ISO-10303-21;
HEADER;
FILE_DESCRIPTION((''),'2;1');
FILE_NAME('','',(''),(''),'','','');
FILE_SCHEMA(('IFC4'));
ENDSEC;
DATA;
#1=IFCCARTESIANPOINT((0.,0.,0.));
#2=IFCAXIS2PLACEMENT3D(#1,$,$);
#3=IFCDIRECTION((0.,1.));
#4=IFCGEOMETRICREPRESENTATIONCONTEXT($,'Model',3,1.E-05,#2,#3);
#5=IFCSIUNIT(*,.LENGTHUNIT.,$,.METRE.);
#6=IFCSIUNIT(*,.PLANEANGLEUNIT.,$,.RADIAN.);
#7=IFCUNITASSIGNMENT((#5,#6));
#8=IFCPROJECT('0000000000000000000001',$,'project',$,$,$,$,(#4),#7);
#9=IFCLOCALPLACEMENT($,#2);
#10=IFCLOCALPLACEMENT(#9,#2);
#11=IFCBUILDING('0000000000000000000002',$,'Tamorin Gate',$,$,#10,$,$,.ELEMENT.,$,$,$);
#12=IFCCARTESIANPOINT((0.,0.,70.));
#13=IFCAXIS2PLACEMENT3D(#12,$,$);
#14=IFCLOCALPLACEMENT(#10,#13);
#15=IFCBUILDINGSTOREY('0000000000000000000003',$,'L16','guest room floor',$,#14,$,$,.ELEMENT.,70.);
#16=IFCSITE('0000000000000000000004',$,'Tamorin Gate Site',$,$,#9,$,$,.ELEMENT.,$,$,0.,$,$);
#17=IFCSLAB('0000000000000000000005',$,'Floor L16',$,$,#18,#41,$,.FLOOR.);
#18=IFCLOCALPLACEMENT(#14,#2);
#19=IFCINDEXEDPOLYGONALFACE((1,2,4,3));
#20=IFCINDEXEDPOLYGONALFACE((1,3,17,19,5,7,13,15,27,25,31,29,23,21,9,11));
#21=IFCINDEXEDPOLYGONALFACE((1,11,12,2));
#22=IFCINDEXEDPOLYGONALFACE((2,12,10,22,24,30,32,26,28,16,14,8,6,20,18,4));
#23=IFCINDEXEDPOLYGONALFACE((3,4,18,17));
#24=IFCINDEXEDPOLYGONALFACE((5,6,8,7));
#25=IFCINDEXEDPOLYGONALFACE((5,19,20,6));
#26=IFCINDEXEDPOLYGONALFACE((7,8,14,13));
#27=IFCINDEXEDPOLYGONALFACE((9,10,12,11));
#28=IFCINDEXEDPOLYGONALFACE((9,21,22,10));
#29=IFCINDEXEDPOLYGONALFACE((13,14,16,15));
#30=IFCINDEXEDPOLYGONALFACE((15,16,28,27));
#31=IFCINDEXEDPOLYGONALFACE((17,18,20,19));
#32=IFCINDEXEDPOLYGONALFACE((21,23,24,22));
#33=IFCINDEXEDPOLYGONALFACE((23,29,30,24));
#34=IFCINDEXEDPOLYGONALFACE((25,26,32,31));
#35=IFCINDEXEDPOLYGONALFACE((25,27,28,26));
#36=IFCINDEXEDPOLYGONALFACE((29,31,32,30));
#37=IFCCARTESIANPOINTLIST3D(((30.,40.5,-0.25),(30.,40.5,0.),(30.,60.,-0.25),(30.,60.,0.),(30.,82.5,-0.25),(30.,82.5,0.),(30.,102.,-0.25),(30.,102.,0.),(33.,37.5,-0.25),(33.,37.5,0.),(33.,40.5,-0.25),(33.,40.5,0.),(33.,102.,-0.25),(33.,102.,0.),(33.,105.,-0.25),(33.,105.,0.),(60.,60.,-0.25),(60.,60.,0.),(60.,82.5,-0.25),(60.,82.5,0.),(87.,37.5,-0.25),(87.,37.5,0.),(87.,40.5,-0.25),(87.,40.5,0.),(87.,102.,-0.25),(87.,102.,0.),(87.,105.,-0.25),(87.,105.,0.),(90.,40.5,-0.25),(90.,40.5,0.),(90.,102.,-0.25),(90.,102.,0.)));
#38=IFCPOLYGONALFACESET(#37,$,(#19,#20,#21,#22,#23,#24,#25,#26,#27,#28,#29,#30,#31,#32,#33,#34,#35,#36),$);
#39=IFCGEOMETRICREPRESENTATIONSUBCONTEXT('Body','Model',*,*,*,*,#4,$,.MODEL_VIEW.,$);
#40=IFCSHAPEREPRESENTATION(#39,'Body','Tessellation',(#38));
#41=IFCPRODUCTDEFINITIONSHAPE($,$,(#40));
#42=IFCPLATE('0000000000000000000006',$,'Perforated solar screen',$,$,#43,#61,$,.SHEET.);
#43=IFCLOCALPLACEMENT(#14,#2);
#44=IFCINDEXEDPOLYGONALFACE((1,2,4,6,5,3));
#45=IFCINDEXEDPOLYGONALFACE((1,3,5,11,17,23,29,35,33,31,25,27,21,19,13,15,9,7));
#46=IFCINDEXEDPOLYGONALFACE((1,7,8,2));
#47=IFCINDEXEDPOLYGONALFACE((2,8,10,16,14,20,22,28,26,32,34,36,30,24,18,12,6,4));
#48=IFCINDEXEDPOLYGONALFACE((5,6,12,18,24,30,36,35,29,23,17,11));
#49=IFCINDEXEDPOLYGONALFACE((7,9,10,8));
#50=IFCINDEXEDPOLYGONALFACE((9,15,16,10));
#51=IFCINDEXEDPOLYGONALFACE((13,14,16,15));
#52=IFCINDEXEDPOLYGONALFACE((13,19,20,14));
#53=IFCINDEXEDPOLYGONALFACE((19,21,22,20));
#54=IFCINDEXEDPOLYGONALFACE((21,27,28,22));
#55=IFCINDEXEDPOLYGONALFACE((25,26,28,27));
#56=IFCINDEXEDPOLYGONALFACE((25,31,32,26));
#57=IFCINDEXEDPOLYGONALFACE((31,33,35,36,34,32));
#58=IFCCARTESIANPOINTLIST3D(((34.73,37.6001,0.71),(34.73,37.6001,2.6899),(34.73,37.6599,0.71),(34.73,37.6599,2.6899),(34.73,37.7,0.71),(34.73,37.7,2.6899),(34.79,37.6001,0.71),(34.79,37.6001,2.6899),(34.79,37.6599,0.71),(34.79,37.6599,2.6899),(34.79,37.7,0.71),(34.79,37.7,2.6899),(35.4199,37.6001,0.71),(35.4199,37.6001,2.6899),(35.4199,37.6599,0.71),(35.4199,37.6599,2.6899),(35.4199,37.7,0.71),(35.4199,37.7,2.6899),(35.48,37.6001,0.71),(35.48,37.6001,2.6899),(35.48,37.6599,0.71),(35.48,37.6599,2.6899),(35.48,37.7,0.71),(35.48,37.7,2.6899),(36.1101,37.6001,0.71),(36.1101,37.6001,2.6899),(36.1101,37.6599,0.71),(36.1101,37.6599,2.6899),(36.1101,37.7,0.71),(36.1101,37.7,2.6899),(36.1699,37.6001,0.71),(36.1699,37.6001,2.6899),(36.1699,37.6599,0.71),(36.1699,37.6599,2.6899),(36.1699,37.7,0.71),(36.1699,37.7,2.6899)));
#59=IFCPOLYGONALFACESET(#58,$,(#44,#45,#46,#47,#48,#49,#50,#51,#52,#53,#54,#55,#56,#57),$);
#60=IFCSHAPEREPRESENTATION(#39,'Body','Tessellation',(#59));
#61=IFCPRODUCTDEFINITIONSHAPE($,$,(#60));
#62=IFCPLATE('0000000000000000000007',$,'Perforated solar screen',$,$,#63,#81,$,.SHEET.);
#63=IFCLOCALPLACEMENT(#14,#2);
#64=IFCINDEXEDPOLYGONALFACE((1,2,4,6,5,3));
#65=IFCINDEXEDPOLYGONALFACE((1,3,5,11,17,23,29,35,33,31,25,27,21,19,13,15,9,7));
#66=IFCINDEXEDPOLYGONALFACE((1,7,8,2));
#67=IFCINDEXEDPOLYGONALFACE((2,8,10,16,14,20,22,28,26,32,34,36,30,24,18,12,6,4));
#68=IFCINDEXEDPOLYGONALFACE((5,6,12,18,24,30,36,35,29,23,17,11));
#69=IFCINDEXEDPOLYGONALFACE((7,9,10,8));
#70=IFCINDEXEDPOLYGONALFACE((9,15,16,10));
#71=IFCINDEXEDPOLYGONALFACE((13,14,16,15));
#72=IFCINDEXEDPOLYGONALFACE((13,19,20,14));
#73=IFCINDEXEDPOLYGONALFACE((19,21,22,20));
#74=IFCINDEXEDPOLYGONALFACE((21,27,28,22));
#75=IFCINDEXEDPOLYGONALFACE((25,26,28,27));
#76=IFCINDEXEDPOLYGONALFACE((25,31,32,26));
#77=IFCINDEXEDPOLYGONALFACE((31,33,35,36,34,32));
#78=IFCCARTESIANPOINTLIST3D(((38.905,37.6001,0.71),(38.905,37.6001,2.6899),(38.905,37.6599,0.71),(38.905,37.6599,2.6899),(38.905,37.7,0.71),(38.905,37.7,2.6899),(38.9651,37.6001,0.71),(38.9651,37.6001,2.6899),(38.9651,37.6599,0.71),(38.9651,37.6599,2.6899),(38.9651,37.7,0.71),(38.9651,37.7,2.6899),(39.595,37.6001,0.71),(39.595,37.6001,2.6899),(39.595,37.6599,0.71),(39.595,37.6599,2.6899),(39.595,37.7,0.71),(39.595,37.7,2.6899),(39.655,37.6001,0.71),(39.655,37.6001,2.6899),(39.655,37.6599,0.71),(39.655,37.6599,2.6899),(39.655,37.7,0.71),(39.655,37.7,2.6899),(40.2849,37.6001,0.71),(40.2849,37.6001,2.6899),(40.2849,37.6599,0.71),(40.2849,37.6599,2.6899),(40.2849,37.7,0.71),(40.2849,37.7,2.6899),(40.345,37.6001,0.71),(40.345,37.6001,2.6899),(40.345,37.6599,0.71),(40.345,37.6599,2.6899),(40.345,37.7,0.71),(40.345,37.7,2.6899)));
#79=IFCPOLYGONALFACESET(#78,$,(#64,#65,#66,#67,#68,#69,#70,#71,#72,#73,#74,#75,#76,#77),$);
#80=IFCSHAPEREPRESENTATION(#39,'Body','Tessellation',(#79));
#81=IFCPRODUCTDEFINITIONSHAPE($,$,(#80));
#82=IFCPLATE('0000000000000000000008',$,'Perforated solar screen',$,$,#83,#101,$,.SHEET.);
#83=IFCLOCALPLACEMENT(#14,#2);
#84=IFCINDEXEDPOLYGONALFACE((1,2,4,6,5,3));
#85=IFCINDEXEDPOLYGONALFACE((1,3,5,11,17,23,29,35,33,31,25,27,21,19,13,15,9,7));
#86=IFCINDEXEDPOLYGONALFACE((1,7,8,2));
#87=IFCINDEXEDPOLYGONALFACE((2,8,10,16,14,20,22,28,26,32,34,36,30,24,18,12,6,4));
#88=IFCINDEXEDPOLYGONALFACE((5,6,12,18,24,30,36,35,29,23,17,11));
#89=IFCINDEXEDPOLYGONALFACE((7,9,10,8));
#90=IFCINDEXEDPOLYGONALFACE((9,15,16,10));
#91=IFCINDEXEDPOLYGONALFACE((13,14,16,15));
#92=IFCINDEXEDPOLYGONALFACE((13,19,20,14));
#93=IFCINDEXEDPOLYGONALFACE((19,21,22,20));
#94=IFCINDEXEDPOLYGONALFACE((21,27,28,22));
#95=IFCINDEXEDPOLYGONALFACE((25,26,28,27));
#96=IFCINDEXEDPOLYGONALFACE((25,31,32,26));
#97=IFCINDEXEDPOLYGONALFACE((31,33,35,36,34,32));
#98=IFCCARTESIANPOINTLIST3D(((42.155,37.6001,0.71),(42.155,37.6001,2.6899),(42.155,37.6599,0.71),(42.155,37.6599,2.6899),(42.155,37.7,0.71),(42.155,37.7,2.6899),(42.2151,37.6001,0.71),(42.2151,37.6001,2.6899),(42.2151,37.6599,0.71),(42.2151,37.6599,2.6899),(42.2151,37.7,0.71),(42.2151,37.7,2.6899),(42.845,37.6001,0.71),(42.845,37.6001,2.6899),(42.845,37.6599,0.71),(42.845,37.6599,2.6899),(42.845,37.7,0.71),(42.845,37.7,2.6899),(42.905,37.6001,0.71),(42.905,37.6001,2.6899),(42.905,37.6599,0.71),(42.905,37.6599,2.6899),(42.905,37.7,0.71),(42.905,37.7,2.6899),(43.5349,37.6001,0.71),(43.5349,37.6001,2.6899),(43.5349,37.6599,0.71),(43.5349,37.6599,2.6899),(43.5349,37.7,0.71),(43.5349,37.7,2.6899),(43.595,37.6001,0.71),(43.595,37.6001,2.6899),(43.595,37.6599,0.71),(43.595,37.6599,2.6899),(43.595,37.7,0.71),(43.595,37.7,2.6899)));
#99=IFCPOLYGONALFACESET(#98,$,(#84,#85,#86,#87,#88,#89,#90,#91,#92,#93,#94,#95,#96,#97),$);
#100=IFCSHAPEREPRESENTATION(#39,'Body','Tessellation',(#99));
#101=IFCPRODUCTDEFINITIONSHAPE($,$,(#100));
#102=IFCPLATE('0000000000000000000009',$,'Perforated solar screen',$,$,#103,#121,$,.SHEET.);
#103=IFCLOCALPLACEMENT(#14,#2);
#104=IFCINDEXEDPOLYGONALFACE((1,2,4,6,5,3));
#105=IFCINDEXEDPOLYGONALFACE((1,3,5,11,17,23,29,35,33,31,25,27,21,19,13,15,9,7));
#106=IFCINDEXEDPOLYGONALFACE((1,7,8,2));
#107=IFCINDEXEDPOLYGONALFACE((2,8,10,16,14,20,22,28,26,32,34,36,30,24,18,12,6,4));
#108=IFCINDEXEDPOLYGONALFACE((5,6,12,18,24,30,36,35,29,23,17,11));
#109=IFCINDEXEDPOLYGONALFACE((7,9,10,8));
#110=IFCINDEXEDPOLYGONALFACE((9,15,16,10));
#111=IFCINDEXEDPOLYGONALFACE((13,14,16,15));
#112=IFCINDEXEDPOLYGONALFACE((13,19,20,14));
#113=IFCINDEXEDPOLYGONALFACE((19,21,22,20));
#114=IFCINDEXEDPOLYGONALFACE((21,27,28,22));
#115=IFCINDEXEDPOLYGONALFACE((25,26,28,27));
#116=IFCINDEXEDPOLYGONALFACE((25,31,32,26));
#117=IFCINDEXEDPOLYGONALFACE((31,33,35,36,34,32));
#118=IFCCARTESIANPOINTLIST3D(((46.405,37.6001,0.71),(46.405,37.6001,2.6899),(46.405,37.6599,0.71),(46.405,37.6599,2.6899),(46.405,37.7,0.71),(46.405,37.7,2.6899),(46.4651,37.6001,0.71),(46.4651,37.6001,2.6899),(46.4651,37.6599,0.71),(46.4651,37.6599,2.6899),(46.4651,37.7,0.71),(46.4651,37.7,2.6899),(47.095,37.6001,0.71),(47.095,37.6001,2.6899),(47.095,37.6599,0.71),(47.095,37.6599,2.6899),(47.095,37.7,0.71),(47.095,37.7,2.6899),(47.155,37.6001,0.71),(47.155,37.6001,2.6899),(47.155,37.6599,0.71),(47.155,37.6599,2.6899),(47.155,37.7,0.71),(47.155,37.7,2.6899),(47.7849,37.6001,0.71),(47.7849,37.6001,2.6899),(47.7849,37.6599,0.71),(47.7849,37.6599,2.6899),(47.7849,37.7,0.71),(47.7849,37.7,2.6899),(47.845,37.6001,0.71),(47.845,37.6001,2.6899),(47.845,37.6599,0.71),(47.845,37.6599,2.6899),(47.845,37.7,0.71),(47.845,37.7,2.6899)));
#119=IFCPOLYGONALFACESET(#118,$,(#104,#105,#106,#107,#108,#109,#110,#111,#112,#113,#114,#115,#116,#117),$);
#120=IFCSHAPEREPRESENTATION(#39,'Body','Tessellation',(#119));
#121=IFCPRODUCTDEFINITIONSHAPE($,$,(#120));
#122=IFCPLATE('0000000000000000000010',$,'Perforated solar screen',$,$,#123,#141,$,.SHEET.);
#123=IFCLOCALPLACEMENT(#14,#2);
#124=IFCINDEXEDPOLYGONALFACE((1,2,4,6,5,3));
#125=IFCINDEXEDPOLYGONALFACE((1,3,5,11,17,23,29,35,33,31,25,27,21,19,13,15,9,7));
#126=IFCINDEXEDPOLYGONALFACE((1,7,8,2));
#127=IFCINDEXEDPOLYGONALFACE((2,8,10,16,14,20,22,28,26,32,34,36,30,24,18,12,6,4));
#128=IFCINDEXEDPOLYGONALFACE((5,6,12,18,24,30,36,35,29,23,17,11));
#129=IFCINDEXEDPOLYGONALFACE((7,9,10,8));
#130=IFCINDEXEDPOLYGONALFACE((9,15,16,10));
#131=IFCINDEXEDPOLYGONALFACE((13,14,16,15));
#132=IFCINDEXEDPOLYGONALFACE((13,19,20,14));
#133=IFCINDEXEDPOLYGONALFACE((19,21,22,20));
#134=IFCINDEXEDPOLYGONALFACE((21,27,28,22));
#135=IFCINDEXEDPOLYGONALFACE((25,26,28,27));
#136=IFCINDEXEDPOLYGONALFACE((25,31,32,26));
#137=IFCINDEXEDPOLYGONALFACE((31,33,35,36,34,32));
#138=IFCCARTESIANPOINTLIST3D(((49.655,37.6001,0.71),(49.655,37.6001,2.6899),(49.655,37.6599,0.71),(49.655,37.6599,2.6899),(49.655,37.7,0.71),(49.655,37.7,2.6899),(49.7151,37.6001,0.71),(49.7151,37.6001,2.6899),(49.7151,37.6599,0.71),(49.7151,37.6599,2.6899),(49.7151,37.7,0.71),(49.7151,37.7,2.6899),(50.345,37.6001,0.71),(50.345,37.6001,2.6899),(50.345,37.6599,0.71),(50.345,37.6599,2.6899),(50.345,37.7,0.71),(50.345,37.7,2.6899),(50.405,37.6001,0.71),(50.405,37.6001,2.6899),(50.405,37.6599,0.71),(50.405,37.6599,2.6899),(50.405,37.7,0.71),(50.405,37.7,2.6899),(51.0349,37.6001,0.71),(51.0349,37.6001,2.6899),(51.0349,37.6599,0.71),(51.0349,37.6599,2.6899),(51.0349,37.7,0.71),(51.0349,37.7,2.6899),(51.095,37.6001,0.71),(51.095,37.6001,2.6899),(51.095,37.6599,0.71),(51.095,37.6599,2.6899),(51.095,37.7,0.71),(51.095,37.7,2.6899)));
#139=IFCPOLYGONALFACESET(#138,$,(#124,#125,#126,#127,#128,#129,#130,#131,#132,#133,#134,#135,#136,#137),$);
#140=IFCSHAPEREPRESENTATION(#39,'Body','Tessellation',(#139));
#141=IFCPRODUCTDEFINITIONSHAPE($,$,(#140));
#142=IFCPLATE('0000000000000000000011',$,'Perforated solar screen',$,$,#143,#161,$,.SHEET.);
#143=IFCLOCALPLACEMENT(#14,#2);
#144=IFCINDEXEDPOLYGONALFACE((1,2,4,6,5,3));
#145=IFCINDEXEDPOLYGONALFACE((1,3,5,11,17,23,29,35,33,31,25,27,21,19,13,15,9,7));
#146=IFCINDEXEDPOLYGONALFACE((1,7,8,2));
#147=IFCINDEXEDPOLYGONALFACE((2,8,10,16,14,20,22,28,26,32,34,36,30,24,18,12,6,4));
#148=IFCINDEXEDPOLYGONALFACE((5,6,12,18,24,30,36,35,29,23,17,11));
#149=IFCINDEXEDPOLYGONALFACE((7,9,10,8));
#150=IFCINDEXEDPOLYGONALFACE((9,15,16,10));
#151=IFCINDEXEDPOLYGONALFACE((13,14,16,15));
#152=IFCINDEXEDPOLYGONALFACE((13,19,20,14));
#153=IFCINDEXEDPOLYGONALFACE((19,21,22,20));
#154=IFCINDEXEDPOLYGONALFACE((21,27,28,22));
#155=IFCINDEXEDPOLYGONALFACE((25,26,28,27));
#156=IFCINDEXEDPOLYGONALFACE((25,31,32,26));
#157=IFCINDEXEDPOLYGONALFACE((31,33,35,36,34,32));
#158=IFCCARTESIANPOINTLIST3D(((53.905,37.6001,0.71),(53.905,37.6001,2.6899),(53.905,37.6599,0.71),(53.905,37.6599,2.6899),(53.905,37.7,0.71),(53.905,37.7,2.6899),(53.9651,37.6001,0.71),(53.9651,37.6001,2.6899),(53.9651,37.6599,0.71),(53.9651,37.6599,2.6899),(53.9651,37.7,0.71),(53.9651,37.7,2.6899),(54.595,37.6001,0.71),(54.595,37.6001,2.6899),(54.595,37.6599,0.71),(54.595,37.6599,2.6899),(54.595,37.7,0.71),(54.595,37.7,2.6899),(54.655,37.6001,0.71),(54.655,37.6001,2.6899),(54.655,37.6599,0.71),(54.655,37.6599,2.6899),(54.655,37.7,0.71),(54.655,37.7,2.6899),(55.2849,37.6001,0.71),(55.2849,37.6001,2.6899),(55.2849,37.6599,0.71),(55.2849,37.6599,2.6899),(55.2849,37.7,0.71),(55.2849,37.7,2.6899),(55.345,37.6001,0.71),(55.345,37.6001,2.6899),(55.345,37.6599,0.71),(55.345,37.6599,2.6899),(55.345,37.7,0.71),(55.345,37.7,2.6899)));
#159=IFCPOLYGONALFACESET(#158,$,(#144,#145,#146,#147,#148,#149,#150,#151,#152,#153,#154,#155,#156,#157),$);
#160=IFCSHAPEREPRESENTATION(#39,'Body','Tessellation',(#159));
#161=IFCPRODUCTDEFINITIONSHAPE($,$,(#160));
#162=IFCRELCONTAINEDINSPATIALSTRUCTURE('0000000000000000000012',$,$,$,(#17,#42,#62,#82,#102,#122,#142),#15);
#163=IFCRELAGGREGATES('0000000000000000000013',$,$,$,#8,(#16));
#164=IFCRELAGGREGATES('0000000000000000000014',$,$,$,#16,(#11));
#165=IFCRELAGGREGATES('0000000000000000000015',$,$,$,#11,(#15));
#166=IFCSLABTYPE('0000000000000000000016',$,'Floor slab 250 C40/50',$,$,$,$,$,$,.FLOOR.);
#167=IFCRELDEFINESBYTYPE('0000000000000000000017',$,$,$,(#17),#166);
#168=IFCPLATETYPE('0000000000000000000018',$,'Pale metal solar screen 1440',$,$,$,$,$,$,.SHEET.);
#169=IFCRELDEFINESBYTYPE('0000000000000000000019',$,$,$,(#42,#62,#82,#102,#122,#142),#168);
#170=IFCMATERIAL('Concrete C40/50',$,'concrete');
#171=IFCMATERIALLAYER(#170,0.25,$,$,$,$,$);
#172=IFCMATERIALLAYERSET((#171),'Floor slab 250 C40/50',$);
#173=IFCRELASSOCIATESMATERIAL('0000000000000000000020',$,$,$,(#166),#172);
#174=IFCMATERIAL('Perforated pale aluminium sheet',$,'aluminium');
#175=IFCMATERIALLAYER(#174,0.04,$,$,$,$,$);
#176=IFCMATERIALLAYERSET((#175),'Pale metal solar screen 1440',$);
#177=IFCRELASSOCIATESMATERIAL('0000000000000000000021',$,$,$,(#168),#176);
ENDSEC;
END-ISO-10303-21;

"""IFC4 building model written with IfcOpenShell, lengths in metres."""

from ifc_helpers import new_model, si_unit, direction, frame, origin, place, context, subcontext, project, spatial, polyline, outline, extrude, material, layer, layer_set, type_object, element, save


model = new_model("IFC4")

# Units and contexts
model_context = context("Model", 3, precision=1e-05, world=origin(), true_north=direction((0.0, 1.0)))
body_context = subcontext(model_context, "Body", "Model", "MODEL_VIEW")
ifc_project = project(units=[si_unit("LENGTHUNIT", "METRE"), si_unit("PLANEANGLEUNIT", "RADIAN")], contexts=[model_context])

# Site, building, storey
site_placement = place(None, origin())
site = spatial("IfcSite", under=ifc_project, at=site_placement, Name="Tamorin Gate Site", CompositionType="ELEMENT", RefElevation=0.0)
building_placement = place(site_placement, origin())
building = spatial("IfcBuilding", under=site, at=building_placement, Name="Tamorin Gate", CompositionType="ELEMENT")
storey_placement = place(building_placement, frame((0.0, 0.0, 70.0)))
storey = spatial("IfcBuildingStorey", under=building, at=storey_placement, Name="L16", Description="guest room floor", CompositionType="ELEMENT", Elevation=70.0)

# Slab
ifc_material_1 = material(Name="Concrete C40/50", Category="concrete")
ifc_layer_1 = layer(ifc_material_1, 0.25)
ifc_layer_set_1 = layer_set([ifc_layer_1], Name="Floor slab 250 C40/50")
slab_type = type_object("IfcSlabType", Name="Floor slab 250 C40/50", PredefinedType="FLOOR", material=ifc_layer_set_1)
slab_placement = place(storey_placement, frame((0.0, 0.0, -0.25)))
element("IfcSlab", 1, at=slab_placement, inside=storey, type_object=slab_type, Name="Floor L16", PredefinedType="FLOOR", context=body_context, shape_type="SweptSolid", body=[
    extrude(outline(polyline([(30.0, 102.0), (33.0, 102.0), (33.0, 105.0), (87.0, 105.0), (87.0, 102.0), (90.0, 102.0), (90.0, 40.5), (87.0, 40.5), (87.0, 37.5), (33.0, 37.5), (33.0, 40.5), (30.0, 40.5), (30.0, 60.0), (60.0, 60.0), (60.0, 82.5), (30.0, 82.5), (30.0, 102.0)])), origin(), (0.0, 0.0, 1.0), 0.25),
])

# Plates
ifc_material_2 = material(Name="Perforated pale aluminium sheet", Category="aluminium")
ifc_layer_2 = layer(ifc_material_2, 0.04)
ifc_layer_set_2 = layer_set([ifc_layer_2], Name="Pale metal solar screen 1440")
plate_type = type_object("IfcPlateType", Name="Pale metal solar screen 1440", PredefinedType="SHEET", material=ifc_layer_set_2)
plate_1_placement = place(storey_placement, frame((0.0, 0.0, 0.71)))
element("IfcPlate", 2, at=plate_1_placement, inside=storey, type_object=plate_type, Name="Perforated solar screen", PredefinedType="SHEET", context=body_context, shape_type="SweptSolid", body=[
    extrude(outline(polyline([(34.73, 37.6599), (34.73, 37.7), (34.79, 37.7), (35.4199, 37.7), (35.48, 37.7), (36.1101, 37.7), (36.1699, 37.7), (36.1699, 37.6599), (36.1699, 37.6001), (36.1101, 37.6001), (36.1101, 37.6599), (35.48, 37.6599), (35.48, 37.6001), (35.4199, 37.6001), (35.4199, 37.6599), (34.79, 37.6599), (34.79, 37.6001), (34.73, 37.6001), (34.73, 37.6599)])), origin(), (0.0, 0.0, 1.0), 1.98),
])
plate_2_placement = place(storey_placement, frame((0.0, 0.0, 0.71)))
element("IfcPlate", 3, at=plate_2_placement, inside=storey, type_object=plate_type, Name="Perforated solar screen", PredefinedType="SHEET", context=body_context, shape_type="SweptSolid", body=[
    extrude(outline(polyline([(38.905, 37.6599), (38.905, 37.7), (38.9651, 37.7), (39.595, 37.7), (39.655, 37.7), (40.2849, 37.7), (40.345, 37.7), (40.345, 37.7), (40.345, 37.6599), (40.345, 37.6599), (40.345, 37.6001), (40.2849, 37.6001), (40.2849, 37.6599), (39.655, 37.6599), (39.655, 37.6001), (39.595, 37.6001), (39.595, 37.6599), (38.9651, 37.6599), (38.9651, 37.6001), (38.905, 37.6001), (38.905, 37.6599)])), origin(), (0.0, 0.0, 1.0), 1.98),
])
plate_3_placement = place(storey_placement, frame((0.0, 0.0, 0.71)))
element("IfcPlate", 4, at=plate_3_placement, inside=storey, type_object=plate_type, Name="Perforated solar screen", PredefinedType="SHEET", context=body_context, shape_type="SweptSolid", body=[
    extrude(outline(polyline([(42.155, 37.6599), (42.155, 37.7), (42.2151, 37.7), (42.845, 37.7), (42.905, 37.7), (43.5349, 37.7), (43.595, 37.7), (43.595, 37.6599), (43.595, 37.6001), (43.5349, 37.6001), (43.5349, 37.6599), (42.905, 37.6599), (42.905, 37.6001), (42.845, 37.6001), (42.845, 37.6599), (42.2151, 37.6599), (42.2151, 37.6001), (42.155, 37.6001), (42.155, 37.6599)])), origin(), (0.0, 0.0, 1.0), 1.98),
])
plate_4_placement = place(storey_placement, frame((0.0, 0.0, 0.71)))
element("IfcPlate", 5, at=plate_4_placement, inside=storey, type_object=plate_type, Name="Perforated solar screen", PredefinedType="SHEET", context=body_context, shape_type="SweptSolid", body=[
    extrude(outline(polyline([(46.405, 37.6599), (46.405, 37.7), (46.4651, 37.7), (47.095, 37.7), (47.155, 37.7), (47.7849, 37.7), (47.845, 37.7), (47.845, 37.6599), (47.845, 37.6001), (47.7849, 37.6001), (47.7849, 37.6599), (47.155, 37.6599), (47.155, 37.6001), (47.095, 37.6001), (47.095, 37.6599), (46.4651, 37.6599), (46.4651, 37.6001), (46.405, 37.6001), (46.405, 37.6599)])), origin(), (0.0, 0.0, 1.0), 1.98),
])
plate_5_placement = place(storey_placement, frame((0.0, 0.0, 0.71)))
element("IfcPlate", 6, at=plate_5_placement, inside=storey, type_object=plate_type, Name="Perforated solar screen", PredefinedType="SHEET", context=body_context, shape_type="SweptSolid", body=[
    extrude(outline(polyline([(49.655, 37.6599), (49.655, 37.7), (49.7151, 37.7), (50.345, 37.7), (50.405, 37.7), (51.0349, 37.7), (51.095, 37.7), (51.095, 37.6599), (51.095, 37.6001), (51.0349, 37.6001), (51.0349, 37.6599), (50.405, 37.6599), (50.405, 37.6001), (50.345, 37.6001), (50.345, 37.6599), (49.7151, 37.6599), (49.7151, 37.6001), (49.655, 37.6001), (49.655, 37.6599)])), origin(), (0.0, 0.0, 1.0), 1.98),
])
plate_6_placement = place(storey_placement, frame((0.0, 0.0, 0.71)))
element("IfcPlate", 7, at=plate_6_placement, inside=storey, type_object=plate_type, Name="Perforated solar screen", PredefinedType="SHEET", context=body_context, shape_type="SweptSolid", body=[
    extrude(outline(polyline([(53.905, 37.6599), (53.905, 37.7), (53.9651, 37.7), (54.595, 37.7), (54.655, 37.7), (55.2849, 37.7), (55.345, 37.7), (55.345, 37.6599), (55.345, 37.6001), (55.2849, 37.6001), (55.2849, 37.6599), (54.655, 37.6599), (54.655, 37.6001), (54.595, 37.6001), (54.595, 37.6599), (53.9651, 37.6599), (53.9651, 37.6001), (53.905, 37.6001), (53.905, 37.6599)])), origin(), (0.0, 0.0, 1.0), 1.98),
])

save(model, "model.ifc")
